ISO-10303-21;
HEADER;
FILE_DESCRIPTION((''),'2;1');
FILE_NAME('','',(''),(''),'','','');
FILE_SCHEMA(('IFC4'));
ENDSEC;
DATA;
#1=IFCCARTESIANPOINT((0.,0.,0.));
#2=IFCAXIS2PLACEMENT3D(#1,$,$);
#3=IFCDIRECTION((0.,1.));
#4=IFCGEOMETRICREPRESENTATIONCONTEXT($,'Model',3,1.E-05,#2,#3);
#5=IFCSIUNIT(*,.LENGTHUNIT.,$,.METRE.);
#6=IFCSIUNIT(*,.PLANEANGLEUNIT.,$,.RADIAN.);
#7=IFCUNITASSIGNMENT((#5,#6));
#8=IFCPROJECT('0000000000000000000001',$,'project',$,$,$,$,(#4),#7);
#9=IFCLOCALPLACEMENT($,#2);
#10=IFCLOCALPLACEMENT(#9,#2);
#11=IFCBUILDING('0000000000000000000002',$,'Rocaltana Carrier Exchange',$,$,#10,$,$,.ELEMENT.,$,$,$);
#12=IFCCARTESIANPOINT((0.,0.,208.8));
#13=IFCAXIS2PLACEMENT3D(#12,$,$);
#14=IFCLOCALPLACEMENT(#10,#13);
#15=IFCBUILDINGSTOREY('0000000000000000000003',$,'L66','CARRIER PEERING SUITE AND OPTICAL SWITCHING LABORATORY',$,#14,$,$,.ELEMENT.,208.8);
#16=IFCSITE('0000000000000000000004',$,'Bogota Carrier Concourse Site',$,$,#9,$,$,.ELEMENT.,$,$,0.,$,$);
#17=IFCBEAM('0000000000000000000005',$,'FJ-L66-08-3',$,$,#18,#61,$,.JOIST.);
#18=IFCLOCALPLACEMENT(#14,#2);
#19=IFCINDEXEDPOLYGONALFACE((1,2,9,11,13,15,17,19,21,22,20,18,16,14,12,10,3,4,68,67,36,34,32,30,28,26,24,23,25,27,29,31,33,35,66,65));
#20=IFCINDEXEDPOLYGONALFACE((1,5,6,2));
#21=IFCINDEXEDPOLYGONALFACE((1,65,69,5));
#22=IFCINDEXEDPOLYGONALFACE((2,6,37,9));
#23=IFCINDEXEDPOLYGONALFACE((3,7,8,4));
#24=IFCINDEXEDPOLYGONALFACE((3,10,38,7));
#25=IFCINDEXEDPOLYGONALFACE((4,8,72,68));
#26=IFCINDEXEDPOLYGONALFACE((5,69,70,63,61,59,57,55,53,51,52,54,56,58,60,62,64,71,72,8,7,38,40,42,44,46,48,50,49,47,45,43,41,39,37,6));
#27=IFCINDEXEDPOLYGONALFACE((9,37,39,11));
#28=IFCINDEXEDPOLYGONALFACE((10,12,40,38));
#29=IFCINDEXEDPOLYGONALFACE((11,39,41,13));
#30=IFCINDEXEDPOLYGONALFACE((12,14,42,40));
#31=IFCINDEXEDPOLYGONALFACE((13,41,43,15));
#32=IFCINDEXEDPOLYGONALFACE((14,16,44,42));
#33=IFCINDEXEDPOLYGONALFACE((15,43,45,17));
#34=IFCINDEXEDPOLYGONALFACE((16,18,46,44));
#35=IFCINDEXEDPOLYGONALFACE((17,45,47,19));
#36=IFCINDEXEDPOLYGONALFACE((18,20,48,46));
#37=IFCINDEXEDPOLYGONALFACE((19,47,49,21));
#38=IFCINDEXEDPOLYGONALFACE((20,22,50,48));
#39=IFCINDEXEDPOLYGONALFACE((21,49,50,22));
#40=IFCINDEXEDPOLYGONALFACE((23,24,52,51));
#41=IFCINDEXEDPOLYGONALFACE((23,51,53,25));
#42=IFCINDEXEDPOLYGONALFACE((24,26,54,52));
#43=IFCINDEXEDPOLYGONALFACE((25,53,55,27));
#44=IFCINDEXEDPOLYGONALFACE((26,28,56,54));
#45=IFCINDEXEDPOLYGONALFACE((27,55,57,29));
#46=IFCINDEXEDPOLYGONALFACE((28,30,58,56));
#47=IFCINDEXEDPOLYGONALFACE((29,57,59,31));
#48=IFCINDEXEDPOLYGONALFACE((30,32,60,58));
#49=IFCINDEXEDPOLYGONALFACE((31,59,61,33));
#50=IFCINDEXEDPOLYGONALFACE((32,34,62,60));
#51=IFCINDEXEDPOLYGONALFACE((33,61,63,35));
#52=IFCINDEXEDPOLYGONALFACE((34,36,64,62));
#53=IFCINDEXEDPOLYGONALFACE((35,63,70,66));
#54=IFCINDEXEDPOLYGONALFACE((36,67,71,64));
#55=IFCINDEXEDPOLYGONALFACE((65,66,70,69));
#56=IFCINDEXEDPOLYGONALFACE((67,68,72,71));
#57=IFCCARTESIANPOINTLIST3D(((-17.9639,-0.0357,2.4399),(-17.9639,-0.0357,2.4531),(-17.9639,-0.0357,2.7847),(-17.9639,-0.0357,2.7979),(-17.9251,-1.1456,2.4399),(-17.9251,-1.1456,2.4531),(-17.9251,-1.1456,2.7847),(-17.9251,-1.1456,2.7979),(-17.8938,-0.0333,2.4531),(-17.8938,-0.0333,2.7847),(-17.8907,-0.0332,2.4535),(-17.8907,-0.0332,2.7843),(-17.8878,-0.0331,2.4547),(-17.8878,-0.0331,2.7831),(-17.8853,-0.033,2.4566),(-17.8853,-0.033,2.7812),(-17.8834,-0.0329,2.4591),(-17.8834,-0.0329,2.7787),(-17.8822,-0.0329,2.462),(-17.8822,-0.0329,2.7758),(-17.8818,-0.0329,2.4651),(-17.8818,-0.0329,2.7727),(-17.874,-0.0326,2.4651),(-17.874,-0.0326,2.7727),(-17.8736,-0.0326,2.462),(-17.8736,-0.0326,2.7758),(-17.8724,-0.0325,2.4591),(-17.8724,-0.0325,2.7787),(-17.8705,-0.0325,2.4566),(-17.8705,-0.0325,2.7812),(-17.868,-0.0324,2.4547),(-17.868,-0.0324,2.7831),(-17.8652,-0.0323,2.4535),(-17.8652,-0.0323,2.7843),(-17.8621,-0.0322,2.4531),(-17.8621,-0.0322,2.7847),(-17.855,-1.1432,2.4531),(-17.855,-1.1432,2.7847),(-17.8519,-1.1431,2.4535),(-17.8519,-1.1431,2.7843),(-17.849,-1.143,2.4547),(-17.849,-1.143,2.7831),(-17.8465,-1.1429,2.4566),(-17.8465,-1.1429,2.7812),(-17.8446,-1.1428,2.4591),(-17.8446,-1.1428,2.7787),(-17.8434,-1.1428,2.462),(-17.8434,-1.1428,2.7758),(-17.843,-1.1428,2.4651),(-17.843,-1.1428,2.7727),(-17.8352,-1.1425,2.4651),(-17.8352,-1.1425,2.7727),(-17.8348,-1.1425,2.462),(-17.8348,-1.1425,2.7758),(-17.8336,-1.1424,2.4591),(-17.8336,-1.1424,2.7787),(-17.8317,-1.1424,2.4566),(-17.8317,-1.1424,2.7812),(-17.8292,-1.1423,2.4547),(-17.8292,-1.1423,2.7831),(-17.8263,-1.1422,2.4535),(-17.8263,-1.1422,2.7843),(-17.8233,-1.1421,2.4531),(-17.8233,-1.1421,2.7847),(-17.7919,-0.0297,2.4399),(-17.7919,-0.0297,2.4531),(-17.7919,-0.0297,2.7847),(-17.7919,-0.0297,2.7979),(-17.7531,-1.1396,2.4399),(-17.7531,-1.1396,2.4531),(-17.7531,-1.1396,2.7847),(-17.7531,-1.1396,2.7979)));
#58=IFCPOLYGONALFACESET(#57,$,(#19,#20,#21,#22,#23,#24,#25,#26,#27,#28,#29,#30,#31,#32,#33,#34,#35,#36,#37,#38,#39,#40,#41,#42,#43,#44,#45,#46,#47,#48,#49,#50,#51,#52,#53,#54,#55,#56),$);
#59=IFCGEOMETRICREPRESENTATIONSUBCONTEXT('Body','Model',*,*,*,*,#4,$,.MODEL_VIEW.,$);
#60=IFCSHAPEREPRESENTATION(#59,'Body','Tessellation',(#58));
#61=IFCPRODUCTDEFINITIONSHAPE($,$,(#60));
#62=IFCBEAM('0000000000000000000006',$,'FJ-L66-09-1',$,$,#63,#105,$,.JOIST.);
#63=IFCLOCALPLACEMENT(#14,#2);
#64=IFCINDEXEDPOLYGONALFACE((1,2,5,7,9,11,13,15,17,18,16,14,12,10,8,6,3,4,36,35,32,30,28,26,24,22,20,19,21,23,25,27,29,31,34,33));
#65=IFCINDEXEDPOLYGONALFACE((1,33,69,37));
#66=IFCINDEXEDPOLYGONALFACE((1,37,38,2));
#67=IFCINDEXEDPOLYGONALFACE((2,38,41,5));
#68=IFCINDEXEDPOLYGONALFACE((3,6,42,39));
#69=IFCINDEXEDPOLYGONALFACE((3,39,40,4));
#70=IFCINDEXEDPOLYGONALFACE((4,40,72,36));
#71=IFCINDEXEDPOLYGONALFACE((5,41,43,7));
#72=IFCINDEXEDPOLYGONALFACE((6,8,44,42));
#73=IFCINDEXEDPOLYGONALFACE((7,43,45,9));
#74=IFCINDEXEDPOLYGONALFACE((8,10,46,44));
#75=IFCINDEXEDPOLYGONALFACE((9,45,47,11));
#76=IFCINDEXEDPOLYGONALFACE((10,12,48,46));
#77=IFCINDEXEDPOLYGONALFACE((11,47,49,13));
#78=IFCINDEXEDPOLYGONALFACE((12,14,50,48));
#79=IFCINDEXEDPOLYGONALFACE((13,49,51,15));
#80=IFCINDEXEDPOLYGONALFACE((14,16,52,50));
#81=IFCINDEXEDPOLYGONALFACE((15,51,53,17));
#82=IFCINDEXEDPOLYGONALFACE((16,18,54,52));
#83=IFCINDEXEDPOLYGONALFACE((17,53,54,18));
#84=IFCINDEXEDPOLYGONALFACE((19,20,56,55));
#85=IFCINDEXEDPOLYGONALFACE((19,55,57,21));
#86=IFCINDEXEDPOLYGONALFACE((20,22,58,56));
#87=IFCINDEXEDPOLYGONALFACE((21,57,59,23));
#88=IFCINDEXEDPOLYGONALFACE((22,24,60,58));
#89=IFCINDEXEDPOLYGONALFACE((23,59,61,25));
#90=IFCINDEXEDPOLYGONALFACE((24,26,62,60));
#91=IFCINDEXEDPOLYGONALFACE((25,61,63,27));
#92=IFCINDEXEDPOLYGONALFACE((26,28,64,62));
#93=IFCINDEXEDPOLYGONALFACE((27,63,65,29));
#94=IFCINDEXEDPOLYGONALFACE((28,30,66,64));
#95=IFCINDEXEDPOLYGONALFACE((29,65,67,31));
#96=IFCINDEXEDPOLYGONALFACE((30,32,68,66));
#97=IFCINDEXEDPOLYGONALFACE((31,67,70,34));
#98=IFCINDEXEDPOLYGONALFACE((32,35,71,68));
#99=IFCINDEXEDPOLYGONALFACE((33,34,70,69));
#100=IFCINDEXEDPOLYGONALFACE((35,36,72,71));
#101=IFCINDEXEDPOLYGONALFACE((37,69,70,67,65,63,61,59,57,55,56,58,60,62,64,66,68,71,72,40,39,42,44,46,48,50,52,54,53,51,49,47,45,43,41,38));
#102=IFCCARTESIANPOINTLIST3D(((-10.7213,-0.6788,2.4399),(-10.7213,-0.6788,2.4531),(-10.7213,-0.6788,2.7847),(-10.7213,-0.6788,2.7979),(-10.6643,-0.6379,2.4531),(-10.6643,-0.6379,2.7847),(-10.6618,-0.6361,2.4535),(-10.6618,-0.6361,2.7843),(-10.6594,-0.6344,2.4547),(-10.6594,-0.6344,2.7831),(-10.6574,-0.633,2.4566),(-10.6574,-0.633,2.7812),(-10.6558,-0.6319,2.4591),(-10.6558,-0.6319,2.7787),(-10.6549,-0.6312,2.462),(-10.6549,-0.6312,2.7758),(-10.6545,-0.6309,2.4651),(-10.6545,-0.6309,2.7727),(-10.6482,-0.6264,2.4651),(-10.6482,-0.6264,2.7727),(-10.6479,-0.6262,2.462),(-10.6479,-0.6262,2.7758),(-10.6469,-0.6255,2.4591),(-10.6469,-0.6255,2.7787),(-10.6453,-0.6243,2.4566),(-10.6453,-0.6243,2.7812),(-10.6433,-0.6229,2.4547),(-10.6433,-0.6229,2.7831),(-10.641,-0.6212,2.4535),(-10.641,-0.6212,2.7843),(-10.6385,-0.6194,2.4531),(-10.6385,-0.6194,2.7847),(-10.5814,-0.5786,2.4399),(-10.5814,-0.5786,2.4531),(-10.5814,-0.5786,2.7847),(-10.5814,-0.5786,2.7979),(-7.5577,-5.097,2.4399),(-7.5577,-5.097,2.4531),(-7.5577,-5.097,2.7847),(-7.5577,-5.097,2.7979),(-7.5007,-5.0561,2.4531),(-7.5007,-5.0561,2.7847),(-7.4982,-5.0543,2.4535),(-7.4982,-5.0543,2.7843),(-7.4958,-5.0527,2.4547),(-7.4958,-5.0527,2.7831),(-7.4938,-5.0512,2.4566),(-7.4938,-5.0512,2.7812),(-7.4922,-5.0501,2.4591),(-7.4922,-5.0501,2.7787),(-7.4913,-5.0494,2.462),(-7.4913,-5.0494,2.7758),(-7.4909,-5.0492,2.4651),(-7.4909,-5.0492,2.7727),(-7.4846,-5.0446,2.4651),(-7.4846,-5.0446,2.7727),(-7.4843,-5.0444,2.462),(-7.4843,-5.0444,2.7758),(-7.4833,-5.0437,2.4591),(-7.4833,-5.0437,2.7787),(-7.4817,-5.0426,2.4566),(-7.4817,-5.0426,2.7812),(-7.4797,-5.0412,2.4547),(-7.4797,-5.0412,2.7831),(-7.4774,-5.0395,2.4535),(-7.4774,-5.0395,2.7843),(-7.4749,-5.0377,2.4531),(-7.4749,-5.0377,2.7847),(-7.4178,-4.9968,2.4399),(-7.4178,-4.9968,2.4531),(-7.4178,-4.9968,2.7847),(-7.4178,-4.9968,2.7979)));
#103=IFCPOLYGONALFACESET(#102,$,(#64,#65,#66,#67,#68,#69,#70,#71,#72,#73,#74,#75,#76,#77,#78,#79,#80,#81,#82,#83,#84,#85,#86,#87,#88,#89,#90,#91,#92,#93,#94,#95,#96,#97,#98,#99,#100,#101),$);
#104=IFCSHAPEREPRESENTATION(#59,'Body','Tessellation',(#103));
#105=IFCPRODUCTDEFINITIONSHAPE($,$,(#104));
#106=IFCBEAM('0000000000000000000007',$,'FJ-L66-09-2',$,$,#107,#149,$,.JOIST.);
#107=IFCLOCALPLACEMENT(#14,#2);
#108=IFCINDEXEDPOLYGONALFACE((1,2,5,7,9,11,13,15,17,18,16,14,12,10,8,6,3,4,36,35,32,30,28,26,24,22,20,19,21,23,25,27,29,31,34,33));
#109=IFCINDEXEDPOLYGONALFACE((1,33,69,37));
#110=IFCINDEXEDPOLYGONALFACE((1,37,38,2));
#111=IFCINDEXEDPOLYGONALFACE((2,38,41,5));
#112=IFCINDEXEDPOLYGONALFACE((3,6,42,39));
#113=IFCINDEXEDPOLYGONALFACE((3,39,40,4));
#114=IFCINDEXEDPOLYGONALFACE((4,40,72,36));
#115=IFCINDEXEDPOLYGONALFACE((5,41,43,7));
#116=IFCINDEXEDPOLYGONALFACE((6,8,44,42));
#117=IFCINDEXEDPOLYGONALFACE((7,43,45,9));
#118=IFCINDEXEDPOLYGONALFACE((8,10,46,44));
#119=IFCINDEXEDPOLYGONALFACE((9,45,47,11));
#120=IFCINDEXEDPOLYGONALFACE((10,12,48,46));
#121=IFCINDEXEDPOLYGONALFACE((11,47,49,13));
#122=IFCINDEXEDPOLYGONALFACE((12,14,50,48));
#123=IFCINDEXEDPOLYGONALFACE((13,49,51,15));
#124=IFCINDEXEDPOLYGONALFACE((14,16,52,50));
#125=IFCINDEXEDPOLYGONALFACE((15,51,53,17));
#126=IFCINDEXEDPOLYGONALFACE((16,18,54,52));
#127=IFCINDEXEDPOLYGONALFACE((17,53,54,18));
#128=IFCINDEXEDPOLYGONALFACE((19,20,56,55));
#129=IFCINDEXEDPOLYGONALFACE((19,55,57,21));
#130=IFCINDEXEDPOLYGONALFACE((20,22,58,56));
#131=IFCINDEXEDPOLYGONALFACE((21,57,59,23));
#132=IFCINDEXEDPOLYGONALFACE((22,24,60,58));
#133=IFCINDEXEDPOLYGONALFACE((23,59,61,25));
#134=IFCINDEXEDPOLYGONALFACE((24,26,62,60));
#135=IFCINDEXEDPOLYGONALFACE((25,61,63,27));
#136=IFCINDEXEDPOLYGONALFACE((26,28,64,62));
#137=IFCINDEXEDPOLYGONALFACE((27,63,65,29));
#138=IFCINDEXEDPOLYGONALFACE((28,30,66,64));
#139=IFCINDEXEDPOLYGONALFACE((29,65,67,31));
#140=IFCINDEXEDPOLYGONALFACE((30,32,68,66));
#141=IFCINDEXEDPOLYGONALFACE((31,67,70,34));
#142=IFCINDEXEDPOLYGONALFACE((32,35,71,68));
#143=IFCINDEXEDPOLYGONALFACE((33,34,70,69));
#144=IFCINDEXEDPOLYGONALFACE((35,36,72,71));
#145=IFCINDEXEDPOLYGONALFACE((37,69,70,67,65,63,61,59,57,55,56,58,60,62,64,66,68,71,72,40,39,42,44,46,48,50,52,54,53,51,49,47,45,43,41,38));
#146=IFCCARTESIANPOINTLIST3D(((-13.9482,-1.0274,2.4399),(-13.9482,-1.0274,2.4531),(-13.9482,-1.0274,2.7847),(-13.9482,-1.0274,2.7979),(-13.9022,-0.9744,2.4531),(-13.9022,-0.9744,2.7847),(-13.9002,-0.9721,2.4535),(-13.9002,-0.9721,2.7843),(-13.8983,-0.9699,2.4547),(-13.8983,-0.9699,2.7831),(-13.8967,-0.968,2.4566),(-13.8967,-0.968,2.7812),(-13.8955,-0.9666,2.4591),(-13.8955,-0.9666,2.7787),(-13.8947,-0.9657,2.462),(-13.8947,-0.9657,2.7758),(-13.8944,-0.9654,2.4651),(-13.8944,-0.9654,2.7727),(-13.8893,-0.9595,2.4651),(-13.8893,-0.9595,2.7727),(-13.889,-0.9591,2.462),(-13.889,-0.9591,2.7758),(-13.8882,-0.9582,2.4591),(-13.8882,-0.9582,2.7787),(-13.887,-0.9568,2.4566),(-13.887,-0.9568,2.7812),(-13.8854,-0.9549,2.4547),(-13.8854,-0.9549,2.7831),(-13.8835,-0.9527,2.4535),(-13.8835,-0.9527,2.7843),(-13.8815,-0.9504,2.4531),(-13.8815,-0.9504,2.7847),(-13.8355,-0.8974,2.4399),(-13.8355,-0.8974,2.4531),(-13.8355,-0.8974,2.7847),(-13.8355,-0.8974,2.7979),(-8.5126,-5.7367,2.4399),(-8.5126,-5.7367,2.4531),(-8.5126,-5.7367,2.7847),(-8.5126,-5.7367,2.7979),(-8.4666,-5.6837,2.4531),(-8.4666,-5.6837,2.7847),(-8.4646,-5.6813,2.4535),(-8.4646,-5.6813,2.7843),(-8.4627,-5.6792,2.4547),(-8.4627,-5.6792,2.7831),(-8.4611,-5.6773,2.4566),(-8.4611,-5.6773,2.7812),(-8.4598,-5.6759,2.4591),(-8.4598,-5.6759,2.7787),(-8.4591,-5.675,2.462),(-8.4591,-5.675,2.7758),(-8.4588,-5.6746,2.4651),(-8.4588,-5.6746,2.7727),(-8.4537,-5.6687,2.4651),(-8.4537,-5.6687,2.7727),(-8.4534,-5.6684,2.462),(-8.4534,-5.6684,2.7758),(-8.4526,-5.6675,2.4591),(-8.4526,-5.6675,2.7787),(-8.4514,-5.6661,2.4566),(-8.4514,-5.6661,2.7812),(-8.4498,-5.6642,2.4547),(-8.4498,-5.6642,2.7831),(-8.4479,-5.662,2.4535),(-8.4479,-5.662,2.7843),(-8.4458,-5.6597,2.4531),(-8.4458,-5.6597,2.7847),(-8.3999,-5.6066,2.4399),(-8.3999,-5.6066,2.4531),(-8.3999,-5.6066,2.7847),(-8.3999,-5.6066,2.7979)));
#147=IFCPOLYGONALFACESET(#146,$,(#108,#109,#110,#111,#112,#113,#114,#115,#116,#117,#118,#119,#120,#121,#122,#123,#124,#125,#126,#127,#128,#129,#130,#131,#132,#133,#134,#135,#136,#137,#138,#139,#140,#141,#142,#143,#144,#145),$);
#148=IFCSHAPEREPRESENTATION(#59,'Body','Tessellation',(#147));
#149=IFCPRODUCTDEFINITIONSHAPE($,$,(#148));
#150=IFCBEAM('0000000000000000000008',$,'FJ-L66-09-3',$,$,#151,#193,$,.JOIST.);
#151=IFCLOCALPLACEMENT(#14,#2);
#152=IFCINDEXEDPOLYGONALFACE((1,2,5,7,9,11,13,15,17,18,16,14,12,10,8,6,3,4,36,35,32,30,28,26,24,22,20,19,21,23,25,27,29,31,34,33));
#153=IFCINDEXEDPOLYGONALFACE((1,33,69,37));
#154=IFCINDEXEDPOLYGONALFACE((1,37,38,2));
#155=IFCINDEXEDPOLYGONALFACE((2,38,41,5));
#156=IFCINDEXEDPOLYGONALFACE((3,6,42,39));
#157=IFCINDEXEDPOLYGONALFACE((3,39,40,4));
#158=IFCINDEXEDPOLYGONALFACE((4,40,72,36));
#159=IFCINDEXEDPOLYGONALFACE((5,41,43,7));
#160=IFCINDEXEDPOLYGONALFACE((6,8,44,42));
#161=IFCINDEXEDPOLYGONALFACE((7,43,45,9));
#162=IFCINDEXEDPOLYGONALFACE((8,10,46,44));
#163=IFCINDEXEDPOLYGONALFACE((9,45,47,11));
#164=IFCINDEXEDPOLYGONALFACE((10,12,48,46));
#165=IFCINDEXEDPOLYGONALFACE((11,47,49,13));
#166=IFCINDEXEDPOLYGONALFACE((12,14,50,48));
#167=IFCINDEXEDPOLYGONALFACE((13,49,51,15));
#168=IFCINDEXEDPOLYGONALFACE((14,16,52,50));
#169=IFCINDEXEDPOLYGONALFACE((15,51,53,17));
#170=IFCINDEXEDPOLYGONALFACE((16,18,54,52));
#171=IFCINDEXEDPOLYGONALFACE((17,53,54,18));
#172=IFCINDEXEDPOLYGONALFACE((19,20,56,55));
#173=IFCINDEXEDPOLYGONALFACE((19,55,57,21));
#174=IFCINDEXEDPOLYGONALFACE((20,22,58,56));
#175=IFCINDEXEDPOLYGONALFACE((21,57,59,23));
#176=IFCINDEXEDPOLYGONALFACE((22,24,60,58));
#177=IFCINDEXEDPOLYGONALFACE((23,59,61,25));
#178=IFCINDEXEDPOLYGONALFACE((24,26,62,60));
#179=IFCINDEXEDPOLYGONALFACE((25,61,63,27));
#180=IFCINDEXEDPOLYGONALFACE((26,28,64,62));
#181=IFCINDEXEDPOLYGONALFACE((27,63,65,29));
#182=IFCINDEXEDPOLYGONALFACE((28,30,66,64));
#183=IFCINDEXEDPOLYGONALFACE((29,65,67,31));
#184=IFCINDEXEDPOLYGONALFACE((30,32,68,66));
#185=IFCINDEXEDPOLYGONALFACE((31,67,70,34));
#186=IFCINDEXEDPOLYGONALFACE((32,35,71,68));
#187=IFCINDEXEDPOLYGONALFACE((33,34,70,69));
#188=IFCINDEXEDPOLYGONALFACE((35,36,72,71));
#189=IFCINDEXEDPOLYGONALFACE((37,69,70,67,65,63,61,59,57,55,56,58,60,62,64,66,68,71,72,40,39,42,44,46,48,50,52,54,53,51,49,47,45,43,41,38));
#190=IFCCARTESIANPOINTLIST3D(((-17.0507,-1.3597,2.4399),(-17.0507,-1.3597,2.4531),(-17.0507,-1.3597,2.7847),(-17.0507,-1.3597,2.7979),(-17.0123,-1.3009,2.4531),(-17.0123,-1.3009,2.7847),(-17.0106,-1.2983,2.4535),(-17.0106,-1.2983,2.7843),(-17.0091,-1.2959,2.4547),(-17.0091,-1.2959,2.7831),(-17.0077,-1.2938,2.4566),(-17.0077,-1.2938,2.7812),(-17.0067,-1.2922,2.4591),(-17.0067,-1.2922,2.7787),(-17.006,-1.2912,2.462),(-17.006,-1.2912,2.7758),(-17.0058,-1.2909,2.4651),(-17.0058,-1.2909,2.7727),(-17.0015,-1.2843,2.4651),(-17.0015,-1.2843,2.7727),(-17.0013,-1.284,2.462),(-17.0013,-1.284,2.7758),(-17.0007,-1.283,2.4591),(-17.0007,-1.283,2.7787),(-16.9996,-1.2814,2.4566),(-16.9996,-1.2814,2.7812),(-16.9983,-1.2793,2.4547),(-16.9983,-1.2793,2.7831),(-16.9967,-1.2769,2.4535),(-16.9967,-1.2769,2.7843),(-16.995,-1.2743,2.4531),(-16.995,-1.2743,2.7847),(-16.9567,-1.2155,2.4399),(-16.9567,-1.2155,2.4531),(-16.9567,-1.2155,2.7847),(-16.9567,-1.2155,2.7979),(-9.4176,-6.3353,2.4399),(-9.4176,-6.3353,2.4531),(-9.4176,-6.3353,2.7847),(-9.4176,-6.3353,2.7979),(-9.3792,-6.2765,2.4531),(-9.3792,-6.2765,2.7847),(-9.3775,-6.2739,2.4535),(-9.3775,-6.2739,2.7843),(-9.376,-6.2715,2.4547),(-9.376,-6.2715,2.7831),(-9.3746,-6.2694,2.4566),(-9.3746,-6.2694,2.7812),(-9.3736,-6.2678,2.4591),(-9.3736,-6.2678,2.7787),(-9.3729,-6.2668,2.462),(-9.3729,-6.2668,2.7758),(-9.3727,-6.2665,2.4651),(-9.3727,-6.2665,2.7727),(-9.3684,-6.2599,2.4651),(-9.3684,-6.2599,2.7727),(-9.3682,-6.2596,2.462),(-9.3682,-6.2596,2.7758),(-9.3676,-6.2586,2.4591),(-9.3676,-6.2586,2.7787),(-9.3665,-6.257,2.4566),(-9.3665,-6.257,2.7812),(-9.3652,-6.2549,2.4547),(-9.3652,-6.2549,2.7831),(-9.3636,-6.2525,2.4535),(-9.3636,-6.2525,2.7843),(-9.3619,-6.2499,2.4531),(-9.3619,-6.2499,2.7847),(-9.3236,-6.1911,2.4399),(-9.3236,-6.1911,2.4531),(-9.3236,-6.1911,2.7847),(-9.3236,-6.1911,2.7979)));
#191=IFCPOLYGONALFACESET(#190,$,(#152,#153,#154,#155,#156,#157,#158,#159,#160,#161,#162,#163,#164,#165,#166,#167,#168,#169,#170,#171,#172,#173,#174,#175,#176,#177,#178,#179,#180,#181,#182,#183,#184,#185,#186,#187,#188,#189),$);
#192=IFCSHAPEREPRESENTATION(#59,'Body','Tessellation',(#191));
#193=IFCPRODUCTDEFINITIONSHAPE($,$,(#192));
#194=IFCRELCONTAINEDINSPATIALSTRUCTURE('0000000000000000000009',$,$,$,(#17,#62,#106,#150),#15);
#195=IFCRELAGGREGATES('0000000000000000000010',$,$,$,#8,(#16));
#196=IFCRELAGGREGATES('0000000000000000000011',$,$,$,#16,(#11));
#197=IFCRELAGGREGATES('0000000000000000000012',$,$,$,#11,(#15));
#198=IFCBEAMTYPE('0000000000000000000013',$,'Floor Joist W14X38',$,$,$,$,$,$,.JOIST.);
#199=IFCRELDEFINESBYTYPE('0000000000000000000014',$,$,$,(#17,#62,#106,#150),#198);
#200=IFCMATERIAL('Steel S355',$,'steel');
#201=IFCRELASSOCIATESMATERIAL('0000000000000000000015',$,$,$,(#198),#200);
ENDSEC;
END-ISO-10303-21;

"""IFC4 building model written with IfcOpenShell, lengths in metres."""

from ifc_helpers import new_model, si_unit, direction, frame, origin, origin_2d, place, context, subcontext, project, spatial, i_section, extrude, material, material_profile, profile_set, type_object, element, save


model = new_model("IFC4")

# Units and contexts
model_context = context("Model", 3, precision=1e-05, world=origin(), true_north=direction((0.0, 1.0)))
body_context = subcontext(model_context, "Body", "Model", "MODEL_VIEW")
ifc_project = project(units=[si_unit("LENGTHUNIT", "METRE"), si_unit("PLANEANGLEUNIT", "RADIAN")], contexts=[model_context])

# Site, building, storey
site_placement = place(None, origin())
site = spatial("IfcSite", under=ifc_project, at=site_placement, Name="Bogota Carrier Concourse Site", CompositionType="ELEMENT", RefElevation=0.0)
building_placement = place(site_placement, origin())
building = spatial("IfcBuilding", under=site, at=building_placement, Name="Rocaltana Carrier Exchange", CompositionType="ELEMENT")
storey_placement = place(building_placement, frame((0.0, 0.0, 208.8)))
storey = spatial("IfcBuildingStorey", under=building, at=storey_placement, Name="L66", Description="CARRIER PEERING SUITE AND OPTICAL SWITCHING LABORATORY", CompositionType="ELEMENT", Elevation=208.8)

# Beams
ifc_material_1 = material(Name="Steel S355", Category="steel")
ifc_material_profile_1 = material_profile(ifc_material_1, i_section(OverallWidth=0.1721, OverallDepth=0.3579, WebThickness=0.0078, FlangeThickness=0.0132, FilletRadius=0.012, at=origin_2d()), Name="W14X38")
ifc_profile_set_1 = profile_set([ifc_material_profile_1], Name="Steel S355")
beam_type_1 = type_object("IfcBeamType", Name="Floor Joist W14X38", PredefinedType="JOIST", material=ifc_profile_set_1)
beam_1_placement = place(storey_placement, frame((-17.8779, -0.0327, 2.6189), z_axis=(0.034954, -0.999389, 0.0), x_axis=(0.999389, 0.034954, 0.0)))
element("IfcBeam", 1, at=beam_1_placement, inside=storey, type_object=beam_type_1, Name="FJ-L66-08-3", PredefinedType="JOIST", context=body_context, shape_type="SweptSolid", body=[
    extrude(i_section(OverallWidth=0.1721, OverallDepth=0.3579, WebThickness=0.0078, FlangeThickness=0.0132, FilletRadius=0.012, at=origin_2d()), origin(), (0.0, 0.0, 1.0), 1.1106),
])
beam_2_placement = place(storey_placement, frame((-10.6514, -0.6287, 2.6189), z_axis=(0.582177, -0.813062, 0.0), x_axis=(0.813062, 0.582177, 0.0)))
element("IfcBeam", 2, at=beam_2_placement, inside=storey, type_object=beam_type_1, Name="FJ-L66-09-1", PredefinedType="JOIST", context=body_context, shape_type="SweptSolid", body=[
    extrude(i_section(OverallWidth=0.1721, OverallDepth=0.3579, WebThickness=0.0078, FlangeThickness=0.0132, FilletRadius=0.012, at=origin_2d()), origin(), (0.0, 0.0, 1.0), 5.4341),
])
beam_3_placement = place(storey_placement, frame((-13.8918, -0.9624, 2.6189), z_axis=(0.755798, -0.654805, 0.0), x_axis=(0.654805, 0.755798, 0.0)))
element("IfcBeam", 3, at=beam_3_placement, inside=storey, type_object=beam_type_1, Name="FJ-L66-09-2", PredefinedType="JOIST", context=body_context, shape_type="SweptSolid", body=[
    extrude(i_section(OverallWidth=0.1721, OverallDepth=0.3579, WebThickness=0.0078, FlangeThickness=0.0132, FilletRadius=0.012, at=origin_2d()), origin(), (0.0, 0.0, 1.0), 7.1919),
])
beam_4_placement = place(storey_placement, frame((-17.0037, -1.2876, 2.6189), z_axis=(0.837736, -0.546076, 0.0), x_axis=(0.546076, 0.837736, 0.0)))
element("IfcBeam", 4, at=beam_4_placement, inside=storey, type_object=beam_type_1, Name="FJ-L66-09-3", PredefinedType="JOIST", context=body_context, shape_type="SweptSolid", body=[
    extrude(i_section(OverallWidth=0.1721, OverallDepth=0.3579, WebThickness=0.0078, FlangeThickness=0.0132, FilletRadius=0.012, at=origin_2d()), origin(), (0.0, 0.0, 1.0), 9.1116),
])

save(model, "model.ifc")
